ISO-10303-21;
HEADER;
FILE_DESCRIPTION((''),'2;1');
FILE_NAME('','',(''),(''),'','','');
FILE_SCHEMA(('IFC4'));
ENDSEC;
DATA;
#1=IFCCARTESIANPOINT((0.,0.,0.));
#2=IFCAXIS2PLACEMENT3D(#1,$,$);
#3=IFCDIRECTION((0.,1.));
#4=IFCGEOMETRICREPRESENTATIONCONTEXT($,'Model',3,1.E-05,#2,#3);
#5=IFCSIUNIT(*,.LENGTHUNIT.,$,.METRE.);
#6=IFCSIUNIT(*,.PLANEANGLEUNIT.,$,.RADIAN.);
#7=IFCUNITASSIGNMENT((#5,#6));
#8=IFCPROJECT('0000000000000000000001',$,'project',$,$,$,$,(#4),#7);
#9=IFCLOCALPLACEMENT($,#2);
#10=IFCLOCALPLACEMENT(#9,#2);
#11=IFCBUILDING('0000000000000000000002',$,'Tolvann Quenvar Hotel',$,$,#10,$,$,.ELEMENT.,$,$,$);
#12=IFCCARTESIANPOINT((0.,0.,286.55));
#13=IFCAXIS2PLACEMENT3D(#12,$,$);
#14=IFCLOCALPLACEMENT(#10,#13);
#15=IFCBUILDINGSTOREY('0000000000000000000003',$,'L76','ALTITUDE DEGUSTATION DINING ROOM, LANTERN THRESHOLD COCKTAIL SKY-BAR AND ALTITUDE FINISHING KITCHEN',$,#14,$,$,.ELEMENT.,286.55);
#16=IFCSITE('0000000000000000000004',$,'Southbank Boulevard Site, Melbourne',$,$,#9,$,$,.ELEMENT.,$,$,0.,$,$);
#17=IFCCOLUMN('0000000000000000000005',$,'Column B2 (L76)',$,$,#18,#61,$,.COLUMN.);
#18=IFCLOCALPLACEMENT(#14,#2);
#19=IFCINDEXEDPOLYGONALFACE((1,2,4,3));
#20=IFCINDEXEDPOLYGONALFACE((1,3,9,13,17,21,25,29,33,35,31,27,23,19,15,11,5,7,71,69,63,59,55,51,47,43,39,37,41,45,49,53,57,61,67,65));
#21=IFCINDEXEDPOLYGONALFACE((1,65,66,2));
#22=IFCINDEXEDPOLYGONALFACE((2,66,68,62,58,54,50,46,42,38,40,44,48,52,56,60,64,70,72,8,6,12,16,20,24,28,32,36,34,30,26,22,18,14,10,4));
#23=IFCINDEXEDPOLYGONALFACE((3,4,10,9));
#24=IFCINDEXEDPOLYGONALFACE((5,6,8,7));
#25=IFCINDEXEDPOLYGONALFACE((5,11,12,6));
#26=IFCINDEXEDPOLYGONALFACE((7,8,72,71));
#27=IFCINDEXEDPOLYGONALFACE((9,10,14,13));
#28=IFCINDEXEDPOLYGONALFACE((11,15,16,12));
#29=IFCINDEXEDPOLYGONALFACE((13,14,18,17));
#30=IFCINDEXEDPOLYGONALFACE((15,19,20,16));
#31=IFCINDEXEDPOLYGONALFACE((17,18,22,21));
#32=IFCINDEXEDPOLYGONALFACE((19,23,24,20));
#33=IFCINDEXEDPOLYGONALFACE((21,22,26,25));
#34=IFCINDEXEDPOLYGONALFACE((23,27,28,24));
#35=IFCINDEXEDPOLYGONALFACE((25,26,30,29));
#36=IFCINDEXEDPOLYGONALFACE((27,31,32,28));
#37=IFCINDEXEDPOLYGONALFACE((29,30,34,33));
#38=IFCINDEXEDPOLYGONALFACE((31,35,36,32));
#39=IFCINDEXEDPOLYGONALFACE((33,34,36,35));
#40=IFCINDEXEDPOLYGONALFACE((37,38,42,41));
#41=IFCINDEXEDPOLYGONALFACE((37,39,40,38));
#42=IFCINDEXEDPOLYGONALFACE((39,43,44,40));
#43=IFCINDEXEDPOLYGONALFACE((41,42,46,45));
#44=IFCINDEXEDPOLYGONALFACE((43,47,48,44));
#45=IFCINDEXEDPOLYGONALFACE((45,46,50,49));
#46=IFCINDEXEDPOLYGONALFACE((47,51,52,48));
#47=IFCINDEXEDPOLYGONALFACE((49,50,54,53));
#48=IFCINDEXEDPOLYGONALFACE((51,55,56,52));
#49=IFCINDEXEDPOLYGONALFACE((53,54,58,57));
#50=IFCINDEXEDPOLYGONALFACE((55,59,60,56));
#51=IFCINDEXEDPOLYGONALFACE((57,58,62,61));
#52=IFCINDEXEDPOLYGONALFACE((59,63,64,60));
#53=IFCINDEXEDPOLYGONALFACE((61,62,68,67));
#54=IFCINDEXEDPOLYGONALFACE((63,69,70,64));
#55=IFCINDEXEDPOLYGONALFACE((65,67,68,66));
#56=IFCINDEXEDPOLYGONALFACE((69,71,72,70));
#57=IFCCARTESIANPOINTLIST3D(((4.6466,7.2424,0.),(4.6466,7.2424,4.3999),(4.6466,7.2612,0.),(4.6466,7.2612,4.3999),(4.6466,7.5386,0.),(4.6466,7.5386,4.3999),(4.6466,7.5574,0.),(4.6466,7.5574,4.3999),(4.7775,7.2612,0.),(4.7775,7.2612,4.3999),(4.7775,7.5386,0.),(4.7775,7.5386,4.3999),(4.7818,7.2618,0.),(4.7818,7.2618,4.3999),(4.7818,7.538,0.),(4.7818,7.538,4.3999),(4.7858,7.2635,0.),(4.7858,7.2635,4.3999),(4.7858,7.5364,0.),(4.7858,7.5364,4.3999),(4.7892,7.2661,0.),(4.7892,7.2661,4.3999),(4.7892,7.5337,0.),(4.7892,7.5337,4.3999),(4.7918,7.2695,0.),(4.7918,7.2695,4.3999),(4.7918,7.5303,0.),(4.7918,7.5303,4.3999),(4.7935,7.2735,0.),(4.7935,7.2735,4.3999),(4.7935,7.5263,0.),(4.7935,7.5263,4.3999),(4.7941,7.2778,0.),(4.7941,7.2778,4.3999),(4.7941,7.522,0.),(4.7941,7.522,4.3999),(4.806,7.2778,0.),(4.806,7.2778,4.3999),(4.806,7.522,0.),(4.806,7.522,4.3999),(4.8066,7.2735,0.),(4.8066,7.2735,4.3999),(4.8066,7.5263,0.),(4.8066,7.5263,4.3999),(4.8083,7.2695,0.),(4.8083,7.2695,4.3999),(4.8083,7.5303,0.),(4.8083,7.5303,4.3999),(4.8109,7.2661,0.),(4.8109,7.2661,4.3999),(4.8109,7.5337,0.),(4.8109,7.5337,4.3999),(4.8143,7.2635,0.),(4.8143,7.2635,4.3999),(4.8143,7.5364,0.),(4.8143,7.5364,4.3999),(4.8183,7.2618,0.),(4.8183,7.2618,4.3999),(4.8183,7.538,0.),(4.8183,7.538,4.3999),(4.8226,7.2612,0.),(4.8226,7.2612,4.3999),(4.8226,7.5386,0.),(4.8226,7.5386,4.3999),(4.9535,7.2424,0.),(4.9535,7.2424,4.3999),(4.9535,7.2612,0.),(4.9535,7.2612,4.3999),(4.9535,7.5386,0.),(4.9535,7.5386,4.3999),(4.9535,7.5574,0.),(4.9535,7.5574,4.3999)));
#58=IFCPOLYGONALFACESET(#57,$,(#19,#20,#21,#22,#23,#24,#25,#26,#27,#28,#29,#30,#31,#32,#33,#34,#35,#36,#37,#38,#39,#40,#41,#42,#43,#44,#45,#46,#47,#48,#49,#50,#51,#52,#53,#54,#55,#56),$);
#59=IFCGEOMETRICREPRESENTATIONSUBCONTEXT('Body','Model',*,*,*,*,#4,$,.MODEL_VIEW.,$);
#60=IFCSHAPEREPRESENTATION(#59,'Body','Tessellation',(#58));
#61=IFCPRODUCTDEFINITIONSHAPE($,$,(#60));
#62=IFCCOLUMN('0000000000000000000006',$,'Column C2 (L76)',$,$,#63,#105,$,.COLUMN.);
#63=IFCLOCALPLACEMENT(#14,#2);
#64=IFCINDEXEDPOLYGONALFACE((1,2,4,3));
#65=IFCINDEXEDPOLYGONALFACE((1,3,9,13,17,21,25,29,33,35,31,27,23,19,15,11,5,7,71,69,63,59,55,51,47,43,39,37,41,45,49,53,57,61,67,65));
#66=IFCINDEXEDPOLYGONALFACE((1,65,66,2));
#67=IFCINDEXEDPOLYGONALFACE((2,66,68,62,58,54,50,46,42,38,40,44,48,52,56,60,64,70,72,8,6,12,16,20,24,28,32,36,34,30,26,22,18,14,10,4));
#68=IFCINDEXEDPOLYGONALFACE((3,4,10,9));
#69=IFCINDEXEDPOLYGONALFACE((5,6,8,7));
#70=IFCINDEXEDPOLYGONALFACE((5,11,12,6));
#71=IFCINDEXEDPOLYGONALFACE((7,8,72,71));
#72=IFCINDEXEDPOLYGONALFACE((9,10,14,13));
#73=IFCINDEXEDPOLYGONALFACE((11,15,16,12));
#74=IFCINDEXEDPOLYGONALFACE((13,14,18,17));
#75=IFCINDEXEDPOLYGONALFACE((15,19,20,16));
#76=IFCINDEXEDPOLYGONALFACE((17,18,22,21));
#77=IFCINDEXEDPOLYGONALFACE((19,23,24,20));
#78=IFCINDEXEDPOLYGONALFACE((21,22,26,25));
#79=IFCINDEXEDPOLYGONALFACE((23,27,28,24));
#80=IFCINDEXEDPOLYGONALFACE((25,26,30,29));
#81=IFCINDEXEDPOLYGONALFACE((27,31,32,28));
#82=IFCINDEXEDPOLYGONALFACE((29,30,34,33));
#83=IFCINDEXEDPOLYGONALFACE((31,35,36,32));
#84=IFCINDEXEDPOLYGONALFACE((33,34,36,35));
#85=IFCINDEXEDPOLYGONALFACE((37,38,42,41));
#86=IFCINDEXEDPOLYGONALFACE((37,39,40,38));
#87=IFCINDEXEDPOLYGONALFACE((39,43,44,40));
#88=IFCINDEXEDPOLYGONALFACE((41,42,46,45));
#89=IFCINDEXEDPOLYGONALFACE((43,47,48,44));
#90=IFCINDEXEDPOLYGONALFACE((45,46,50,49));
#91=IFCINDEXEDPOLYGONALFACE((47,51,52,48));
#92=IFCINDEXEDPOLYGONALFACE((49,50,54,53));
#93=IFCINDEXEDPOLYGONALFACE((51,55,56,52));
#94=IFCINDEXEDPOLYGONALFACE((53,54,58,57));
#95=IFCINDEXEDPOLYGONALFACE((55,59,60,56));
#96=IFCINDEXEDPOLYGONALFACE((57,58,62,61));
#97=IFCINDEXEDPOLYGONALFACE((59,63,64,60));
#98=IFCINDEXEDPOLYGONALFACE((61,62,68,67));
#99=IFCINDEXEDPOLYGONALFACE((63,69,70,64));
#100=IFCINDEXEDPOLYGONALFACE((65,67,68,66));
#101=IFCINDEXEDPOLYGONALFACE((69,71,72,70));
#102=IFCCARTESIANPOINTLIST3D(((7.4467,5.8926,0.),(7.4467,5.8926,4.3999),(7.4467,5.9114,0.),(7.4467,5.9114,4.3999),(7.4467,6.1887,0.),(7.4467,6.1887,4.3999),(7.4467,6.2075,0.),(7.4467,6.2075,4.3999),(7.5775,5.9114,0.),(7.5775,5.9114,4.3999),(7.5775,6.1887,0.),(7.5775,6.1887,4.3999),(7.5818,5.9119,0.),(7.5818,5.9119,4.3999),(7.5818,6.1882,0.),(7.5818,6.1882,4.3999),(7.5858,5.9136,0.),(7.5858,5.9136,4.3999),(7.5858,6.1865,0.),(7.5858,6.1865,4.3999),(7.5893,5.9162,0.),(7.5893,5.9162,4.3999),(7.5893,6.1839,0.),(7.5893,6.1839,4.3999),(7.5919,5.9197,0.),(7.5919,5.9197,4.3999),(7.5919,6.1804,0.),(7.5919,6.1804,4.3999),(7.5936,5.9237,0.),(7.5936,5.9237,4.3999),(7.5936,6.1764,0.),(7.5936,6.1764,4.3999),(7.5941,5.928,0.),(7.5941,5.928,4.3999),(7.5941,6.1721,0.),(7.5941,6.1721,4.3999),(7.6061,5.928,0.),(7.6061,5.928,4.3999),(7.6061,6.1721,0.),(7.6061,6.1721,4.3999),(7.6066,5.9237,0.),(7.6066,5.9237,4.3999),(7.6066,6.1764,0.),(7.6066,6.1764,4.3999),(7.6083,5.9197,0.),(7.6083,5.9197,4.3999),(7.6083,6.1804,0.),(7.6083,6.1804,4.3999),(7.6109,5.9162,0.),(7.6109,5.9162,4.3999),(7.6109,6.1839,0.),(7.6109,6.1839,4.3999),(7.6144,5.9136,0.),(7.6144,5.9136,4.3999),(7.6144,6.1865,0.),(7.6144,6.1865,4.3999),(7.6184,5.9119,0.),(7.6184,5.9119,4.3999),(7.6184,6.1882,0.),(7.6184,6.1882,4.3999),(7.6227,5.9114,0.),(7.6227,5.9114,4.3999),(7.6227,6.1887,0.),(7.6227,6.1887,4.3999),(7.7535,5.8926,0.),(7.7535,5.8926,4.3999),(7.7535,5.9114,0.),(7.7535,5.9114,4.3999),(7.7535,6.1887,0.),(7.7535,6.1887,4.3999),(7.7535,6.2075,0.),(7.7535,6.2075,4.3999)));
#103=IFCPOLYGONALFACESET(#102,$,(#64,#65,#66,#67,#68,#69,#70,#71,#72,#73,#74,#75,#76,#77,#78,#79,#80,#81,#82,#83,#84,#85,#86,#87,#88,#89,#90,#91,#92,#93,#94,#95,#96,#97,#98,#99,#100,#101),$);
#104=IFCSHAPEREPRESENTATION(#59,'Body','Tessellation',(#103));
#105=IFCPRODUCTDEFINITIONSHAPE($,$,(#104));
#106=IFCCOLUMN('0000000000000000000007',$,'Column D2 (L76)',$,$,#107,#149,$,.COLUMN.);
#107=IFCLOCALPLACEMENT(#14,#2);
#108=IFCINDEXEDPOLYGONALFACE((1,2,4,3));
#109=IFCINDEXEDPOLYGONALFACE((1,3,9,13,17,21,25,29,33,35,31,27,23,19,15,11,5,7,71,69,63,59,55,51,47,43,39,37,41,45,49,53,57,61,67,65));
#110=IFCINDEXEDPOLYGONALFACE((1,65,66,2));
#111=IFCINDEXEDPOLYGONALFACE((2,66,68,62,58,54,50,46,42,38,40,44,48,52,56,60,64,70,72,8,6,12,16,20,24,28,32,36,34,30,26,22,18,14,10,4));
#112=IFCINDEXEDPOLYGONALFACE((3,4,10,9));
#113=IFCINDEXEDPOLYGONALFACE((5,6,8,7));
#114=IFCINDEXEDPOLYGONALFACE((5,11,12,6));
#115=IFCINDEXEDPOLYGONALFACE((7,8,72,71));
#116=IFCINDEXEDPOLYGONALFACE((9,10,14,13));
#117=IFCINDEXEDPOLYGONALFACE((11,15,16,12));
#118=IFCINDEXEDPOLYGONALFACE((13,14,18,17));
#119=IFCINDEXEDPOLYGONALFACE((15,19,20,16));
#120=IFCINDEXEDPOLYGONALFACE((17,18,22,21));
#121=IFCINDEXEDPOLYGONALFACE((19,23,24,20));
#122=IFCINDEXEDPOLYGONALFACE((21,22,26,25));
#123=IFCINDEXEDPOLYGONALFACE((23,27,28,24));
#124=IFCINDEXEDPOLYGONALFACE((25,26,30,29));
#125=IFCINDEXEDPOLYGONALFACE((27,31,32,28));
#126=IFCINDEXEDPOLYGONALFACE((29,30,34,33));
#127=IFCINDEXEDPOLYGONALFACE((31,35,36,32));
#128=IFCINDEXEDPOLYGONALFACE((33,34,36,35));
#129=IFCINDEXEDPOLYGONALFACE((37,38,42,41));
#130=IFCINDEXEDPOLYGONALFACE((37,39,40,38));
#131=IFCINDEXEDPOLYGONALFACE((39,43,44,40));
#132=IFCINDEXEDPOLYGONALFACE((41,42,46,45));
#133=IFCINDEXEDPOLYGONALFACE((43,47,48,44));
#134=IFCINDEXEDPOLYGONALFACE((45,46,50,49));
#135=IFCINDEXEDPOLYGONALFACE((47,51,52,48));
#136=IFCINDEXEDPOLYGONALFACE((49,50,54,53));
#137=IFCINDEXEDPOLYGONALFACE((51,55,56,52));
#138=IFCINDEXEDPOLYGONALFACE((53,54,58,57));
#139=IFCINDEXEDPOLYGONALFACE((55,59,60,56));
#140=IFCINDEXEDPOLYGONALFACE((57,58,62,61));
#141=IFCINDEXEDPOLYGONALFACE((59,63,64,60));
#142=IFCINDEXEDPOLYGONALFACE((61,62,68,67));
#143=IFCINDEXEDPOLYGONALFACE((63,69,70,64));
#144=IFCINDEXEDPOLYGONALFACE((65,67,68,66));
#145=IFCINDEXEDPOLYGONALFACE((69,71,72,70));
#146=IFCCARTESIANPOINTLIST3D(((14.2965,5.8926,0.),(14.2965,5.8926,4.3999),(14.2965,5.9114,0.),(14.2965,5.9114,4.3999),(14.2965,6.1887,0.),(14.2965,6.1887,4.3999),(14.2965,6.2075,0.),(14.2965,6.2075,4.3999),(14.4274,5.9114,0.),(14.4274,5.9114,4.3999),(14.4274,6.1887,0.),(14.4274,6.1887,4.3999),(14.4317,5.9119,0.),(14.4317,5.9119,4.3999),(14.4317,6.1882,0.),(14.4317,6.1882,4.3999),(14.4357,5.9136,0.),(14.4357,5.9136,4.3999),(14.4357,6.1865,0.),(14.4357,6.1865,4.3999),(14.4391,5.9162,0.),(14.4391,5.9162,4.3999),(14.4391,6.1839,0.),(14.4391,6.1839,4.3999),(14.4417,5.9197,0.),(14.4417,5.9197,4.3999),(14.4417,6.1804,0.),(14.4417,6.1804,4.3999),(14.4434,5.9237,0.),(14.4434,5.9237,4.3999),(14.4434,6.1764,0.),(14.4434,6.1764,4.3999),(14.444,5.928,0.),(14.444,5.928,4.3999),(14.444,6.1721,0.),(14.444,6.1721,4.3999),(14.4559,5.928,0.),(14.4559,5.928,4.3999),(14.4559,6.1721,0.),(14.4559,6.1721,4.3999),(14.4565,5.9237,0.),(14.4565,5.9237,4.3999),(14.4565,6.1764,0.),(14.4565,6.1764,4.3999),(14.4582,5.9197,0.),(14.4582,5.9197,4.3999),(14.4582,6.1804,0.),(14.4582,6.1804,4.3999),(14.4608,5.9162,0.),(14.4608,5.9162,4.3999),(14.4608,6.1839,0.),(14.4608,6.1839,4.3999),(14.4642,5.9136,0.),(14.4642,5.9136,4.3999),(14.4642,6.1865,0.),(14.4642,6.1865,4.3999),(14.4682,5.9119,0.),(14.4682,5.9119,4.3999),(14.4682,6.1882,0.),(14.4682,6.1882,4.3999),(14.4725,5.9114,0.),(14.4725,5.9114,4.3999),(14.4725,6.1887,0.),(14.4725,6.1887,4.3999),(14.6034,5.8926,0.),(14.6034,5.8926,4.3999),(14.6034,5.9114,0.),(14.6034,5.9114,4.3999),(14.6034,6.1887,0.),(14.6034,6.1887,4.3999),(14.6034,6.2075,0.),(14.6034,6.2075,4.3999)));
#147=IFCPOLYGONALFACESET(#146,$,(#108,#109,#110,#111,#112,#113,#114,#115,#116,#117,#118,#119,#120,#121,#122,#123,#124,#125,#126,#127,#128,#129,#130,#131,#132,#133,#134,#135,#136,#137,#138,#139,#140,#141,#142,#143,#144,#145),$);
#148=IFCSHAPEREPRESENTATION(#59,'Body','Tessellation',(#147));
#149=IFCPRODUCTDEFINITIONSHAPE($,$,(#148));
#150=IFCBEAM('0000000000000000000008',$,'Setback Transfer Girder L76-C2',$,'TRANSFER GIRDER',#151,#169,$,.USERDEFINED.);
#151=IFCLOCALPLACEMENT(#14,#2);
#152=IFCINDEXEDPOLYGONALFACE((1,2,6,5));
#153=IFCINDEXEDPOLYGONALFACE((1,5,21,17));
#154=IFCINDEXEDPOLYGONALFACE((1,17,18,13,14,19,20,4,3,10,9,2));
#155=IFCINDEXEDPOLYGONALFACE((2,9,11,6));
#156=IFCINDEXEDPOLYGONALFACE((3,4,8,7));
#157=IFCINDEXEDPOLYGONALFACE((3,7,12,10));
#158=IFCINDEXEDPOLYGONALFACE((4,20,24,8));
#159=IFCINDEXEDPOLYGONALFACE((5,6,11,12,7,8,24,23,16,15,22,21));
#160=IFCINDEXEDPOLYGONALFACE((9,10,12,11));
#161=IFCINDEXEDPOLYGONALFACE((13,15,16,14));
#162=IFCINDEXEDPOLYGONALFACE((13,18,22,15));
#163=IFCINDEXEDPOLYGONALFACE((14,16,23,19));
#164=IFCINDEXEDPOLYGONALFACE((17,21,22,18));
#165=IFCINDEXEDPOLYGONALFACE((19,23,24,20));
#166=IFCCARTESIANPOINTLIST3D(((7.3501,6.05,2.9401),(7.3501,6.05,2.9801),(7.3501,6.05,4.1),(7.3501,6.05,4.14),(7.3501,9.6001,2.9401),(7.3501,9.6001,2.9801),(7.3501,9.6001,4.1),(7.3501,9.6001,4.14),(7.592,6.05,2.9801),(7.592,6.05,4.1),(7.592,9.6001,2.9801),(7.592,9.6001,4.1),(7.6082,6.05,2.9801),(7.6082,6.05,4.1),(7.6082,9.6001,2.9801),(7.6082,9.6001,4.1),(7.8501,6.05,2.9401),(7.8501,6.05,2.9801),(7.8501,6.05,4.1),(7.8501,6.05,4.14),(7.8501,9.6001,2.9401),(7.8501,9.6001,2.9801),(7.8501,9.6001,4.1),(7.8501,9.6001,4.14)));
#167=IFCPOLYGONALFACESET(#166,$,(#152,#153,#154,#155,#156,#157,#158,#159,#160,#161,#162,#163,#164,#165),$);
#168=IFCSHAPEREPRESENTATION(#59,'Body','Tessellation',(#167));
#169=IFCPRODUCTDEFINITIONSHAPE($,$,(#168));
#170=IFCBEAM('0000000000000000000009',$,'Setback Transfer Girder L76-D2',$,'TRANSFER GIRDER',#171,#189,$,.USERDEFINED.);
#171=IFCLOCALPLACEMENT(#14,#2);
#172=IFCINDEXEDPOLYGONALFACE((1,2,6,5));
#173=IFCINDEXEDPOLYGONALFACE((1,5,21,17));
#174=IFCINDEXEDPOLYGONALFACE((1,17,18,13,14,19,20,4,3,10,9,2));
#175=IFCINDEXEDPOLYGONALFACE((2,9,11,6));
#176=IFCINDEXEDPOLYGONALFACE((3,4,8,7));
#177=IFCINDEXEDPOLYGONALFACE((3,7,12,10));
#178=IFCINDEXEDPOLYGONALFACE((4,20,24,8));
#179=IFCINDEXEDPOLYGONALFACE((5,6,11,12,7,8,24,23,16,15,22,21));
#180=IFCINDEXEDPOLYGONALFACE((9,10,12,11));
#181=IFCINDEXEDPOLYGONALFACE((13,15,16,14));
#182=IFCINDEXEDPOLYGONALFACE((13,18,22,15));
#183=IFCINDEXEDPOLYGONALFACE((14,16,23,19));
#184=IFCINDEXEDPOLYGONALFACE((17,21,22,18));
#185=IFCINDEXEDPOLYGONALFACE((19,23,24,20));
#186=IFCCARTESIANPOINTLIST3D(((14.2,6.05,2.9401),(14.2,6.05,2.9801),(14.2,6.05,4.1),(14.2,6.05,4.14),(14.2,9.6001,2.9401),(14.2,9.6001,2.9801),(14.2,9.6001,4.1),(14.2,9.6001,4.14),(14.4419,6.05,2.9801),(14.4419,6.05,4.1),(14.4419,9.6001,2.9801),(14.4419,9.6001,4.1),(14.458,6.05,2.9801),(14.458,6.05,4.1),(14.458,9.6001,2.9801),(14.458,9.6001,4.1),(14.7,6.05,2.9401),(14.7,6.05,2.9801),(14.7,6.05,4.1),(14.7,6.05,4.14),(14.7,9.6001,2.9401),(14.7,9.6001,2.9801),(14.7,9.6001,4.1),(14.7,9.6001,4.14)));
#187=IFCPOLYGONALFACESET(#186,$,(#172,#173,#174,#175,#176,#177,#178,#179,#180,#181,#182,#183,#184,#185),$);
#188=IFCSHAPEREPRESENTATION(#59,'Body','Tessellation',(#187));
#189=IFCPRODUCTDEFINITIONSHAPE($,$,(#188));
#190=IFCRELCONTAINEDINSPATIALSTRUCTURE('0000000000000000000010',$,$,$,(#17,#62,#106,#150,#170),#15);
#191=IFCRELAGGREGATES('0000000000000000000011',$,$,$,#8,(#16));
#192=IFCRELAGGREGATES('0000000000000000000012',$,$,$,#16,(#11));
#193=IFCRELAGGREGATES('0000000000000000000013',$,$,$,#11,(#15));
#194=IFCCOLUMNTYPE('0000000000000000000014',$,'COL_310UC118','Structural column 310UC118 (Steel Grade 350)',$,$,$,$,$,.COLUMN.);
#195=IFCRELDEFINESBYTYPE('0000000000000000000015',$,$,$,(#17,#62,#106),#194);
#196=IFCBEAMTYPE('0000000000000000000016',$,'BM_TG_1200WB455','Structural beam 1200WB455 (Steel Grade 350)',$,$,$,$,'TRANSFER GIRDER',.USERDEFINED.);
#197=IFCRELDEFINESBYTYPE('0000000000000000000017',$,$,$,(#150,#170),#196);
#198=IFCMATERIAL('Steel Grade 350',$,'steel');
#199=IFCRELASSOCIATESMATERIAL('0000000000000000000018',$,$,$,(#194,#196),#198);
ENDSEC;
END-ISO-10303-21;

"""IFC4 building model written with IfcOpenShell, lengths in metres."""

from ifc_helpers import new_model, si_unit, direction, frame, origin, origin_2d, place, context, subcontext, project, spatial, i_section, extrude, source, transform, mapped, material, material_profile, profile_set, type_object, type_shapes, element, save


model = new_model("IFC4")

# Units and contexts
model_context = context("Model", 3, precision=1e-05, world=origin(), true_north=direction((0.0, 1.0)))
body_context = subcontext(model_context, "Body", "Model", "MODEL_VIEW")
ifc_project = project(units=[si_unit("LENGTHUNIT", "METRE"), si_unit("PLANEANGLEUNIT", "RADIAN")], contexts=[model_context])

# Site, building, storey
site_placement = place(None, origin())
site = spatial("IfcSite", under=ifc_project, at=site_placement, Name="Southbank Boulevard Site, Melbourne", CompositionType="ELEMENT", RefElevation=0.0)
building_placement = place(site_placement, origin())
building = spatial("IfcBuilding", under=site, at=building_placement, Name="Tolvann Quenvar Hotel", CompositionType="ELEMENT")
storey_placement = place(building_placement, frame((0.0, 0.0, 286.55)))
storey = spatial("IfcBuildingStorey", under=building, at=storey_placement, Name="L76", Description="ALTITUDE DEGUSTATION DINING ROOM, LANTERN THRESHOLD COCKTAIL SKY-BAR AND ALTITUDE FINISHING KITCHEN", CompositionType="ELEMENT", Elevation=286.55)

# Columns
ifc_material_1 = material(Name="Steel Grade 350", Category="steel")
ifc_material_profile_1 = material_profile(ifc_material_1, i_section(OverallWidth=0.3069, OverallDepth=0.3149, WebThickness=0.012, FlangeThickness=0.0188, FilletRadius=0.0166, at=origin_2d()), Name="310UC118")
ifc_profile_set_1 = profile_set([ifc_material_profile_1], Name="Steel Grade 350")
column_type = type_object("IfcColumnType", Name="COL_310UC118", Description="Structural column 310UC118 (Steel Grade 350)", PredefinedType="COLUMN", material=ifc_profile_set_1)
shared_shape_1 = source(origin(), body_context, "Body", "SweptSolid", [
    extrude(i_section(OverallWidth=0.3069, OverallDepth=0.3149, WebThickness=0.012, FlangeThickness=0.0188, FilletRadius=0.0166, at=origin_2d()), origin(), (0.0, 0.0, 1.0), 4.3999),
])
type_shapes(column_type, [shared_shape_1])
for number, where, z_axis, x_axis, name in (
    (1, (4.8, 7.3999, 0.0), (0.0, 0.0, 1.0), (1.0, 0.0, 0.0), "Column B2 (L76)"),
    (2, (7.6001, 6.05, 0.0), (0.0, 0.0, 1.0), (1.0, 0.0, 0.0), "Column C2 (L76)"),
    (3, (14.45, 6.05, 0.0), (0.0, 0.0, 1.0), (1.0, 0.0, 0.0), "Column D2 (L76)"),
):
    element("IfcColumn", number, at=place(storey_placement, frame(where, z_axis=z_axis, x_axis=x_axis)), inside=storey, type_object=column_type, Name=name, PredefinedType="COLUMN", context=body_context, shape_type="MappedRepresentation", body=[
        mapped(shared_shape_1, transform((0.0, 0.0, 0.0), x_axis=(1.0, 0.0, 0.0), y_axis=(0.0, 1.0, 0.0), z_axis=(0.0, 0.0, 1.0), scale=1.0)),
    ])

# Beams
ifc_material_profile_2 = material_profile(ifc_material_1, i_section(OverallWidth=0.5, OverallDepth=1.2, WebThickness=0.0161, FlangeThickness=0.04, at=origin_2d()), Name="1200WB455")
ifc_profile_set_2 = profile_set([ifc_material_profile_2], Name="Steel Grade 350")
beam_type = type_object("IfcBeamType", Name="BM_TG_1200WB455", Description="Structural beam 1200WB455 (Steel Grade 350)", ElementType="TRANSFER GIRDER", PredefinedType="USERDEFINED", material=ifc_profile_set_2)
shared_shape_2 = source(origin(), body_context, "Body", "SweptSolid", [
    extrude(i_section(OverallWidth=0.5, OverallDepth=1.2, WebThickness=0.0161, FlangeThickness=0.04, at=origin_2d()), origin(), (0.0, 0.0, 1.0), 3.55),
])
for number, where, z_axis, x_axis, name in (
    (4, (7.6001, 6.05, 3.54), (0.0, 1.0, 0.0), (-1.0, 0.0, 0.0), "Setback Transfer Girder L76-C2"),
    (5, (14.45, 6.05, 3.54), (0.0, 1.0, 0.0), (-1.0, 0.0, 0.0), "Setback Transfer Girder L76-D2"),
):
    element("IfcBeam", number, at=place(storey_placement, frame(where, z_axis=z_axis, x_axis=x_axis)), inside=storey, type_object=beam_type, Name=name, ObjectType="TRANSFER GIRDER", PredefinedType="USERDEFINED", context=body_context, shape_type="MappedRepresentation", body=[
        mapped(shared_shape_2, transform((0.0, 0.0, 0.0), x_axis=(1.0, 0.0, 0.0), y_axis=(0.0, 1.0, 0.0), z_axis=(0.0, 0.0, 1.0), scale=1.0)),
    ])

save(model, "model.ifc")
